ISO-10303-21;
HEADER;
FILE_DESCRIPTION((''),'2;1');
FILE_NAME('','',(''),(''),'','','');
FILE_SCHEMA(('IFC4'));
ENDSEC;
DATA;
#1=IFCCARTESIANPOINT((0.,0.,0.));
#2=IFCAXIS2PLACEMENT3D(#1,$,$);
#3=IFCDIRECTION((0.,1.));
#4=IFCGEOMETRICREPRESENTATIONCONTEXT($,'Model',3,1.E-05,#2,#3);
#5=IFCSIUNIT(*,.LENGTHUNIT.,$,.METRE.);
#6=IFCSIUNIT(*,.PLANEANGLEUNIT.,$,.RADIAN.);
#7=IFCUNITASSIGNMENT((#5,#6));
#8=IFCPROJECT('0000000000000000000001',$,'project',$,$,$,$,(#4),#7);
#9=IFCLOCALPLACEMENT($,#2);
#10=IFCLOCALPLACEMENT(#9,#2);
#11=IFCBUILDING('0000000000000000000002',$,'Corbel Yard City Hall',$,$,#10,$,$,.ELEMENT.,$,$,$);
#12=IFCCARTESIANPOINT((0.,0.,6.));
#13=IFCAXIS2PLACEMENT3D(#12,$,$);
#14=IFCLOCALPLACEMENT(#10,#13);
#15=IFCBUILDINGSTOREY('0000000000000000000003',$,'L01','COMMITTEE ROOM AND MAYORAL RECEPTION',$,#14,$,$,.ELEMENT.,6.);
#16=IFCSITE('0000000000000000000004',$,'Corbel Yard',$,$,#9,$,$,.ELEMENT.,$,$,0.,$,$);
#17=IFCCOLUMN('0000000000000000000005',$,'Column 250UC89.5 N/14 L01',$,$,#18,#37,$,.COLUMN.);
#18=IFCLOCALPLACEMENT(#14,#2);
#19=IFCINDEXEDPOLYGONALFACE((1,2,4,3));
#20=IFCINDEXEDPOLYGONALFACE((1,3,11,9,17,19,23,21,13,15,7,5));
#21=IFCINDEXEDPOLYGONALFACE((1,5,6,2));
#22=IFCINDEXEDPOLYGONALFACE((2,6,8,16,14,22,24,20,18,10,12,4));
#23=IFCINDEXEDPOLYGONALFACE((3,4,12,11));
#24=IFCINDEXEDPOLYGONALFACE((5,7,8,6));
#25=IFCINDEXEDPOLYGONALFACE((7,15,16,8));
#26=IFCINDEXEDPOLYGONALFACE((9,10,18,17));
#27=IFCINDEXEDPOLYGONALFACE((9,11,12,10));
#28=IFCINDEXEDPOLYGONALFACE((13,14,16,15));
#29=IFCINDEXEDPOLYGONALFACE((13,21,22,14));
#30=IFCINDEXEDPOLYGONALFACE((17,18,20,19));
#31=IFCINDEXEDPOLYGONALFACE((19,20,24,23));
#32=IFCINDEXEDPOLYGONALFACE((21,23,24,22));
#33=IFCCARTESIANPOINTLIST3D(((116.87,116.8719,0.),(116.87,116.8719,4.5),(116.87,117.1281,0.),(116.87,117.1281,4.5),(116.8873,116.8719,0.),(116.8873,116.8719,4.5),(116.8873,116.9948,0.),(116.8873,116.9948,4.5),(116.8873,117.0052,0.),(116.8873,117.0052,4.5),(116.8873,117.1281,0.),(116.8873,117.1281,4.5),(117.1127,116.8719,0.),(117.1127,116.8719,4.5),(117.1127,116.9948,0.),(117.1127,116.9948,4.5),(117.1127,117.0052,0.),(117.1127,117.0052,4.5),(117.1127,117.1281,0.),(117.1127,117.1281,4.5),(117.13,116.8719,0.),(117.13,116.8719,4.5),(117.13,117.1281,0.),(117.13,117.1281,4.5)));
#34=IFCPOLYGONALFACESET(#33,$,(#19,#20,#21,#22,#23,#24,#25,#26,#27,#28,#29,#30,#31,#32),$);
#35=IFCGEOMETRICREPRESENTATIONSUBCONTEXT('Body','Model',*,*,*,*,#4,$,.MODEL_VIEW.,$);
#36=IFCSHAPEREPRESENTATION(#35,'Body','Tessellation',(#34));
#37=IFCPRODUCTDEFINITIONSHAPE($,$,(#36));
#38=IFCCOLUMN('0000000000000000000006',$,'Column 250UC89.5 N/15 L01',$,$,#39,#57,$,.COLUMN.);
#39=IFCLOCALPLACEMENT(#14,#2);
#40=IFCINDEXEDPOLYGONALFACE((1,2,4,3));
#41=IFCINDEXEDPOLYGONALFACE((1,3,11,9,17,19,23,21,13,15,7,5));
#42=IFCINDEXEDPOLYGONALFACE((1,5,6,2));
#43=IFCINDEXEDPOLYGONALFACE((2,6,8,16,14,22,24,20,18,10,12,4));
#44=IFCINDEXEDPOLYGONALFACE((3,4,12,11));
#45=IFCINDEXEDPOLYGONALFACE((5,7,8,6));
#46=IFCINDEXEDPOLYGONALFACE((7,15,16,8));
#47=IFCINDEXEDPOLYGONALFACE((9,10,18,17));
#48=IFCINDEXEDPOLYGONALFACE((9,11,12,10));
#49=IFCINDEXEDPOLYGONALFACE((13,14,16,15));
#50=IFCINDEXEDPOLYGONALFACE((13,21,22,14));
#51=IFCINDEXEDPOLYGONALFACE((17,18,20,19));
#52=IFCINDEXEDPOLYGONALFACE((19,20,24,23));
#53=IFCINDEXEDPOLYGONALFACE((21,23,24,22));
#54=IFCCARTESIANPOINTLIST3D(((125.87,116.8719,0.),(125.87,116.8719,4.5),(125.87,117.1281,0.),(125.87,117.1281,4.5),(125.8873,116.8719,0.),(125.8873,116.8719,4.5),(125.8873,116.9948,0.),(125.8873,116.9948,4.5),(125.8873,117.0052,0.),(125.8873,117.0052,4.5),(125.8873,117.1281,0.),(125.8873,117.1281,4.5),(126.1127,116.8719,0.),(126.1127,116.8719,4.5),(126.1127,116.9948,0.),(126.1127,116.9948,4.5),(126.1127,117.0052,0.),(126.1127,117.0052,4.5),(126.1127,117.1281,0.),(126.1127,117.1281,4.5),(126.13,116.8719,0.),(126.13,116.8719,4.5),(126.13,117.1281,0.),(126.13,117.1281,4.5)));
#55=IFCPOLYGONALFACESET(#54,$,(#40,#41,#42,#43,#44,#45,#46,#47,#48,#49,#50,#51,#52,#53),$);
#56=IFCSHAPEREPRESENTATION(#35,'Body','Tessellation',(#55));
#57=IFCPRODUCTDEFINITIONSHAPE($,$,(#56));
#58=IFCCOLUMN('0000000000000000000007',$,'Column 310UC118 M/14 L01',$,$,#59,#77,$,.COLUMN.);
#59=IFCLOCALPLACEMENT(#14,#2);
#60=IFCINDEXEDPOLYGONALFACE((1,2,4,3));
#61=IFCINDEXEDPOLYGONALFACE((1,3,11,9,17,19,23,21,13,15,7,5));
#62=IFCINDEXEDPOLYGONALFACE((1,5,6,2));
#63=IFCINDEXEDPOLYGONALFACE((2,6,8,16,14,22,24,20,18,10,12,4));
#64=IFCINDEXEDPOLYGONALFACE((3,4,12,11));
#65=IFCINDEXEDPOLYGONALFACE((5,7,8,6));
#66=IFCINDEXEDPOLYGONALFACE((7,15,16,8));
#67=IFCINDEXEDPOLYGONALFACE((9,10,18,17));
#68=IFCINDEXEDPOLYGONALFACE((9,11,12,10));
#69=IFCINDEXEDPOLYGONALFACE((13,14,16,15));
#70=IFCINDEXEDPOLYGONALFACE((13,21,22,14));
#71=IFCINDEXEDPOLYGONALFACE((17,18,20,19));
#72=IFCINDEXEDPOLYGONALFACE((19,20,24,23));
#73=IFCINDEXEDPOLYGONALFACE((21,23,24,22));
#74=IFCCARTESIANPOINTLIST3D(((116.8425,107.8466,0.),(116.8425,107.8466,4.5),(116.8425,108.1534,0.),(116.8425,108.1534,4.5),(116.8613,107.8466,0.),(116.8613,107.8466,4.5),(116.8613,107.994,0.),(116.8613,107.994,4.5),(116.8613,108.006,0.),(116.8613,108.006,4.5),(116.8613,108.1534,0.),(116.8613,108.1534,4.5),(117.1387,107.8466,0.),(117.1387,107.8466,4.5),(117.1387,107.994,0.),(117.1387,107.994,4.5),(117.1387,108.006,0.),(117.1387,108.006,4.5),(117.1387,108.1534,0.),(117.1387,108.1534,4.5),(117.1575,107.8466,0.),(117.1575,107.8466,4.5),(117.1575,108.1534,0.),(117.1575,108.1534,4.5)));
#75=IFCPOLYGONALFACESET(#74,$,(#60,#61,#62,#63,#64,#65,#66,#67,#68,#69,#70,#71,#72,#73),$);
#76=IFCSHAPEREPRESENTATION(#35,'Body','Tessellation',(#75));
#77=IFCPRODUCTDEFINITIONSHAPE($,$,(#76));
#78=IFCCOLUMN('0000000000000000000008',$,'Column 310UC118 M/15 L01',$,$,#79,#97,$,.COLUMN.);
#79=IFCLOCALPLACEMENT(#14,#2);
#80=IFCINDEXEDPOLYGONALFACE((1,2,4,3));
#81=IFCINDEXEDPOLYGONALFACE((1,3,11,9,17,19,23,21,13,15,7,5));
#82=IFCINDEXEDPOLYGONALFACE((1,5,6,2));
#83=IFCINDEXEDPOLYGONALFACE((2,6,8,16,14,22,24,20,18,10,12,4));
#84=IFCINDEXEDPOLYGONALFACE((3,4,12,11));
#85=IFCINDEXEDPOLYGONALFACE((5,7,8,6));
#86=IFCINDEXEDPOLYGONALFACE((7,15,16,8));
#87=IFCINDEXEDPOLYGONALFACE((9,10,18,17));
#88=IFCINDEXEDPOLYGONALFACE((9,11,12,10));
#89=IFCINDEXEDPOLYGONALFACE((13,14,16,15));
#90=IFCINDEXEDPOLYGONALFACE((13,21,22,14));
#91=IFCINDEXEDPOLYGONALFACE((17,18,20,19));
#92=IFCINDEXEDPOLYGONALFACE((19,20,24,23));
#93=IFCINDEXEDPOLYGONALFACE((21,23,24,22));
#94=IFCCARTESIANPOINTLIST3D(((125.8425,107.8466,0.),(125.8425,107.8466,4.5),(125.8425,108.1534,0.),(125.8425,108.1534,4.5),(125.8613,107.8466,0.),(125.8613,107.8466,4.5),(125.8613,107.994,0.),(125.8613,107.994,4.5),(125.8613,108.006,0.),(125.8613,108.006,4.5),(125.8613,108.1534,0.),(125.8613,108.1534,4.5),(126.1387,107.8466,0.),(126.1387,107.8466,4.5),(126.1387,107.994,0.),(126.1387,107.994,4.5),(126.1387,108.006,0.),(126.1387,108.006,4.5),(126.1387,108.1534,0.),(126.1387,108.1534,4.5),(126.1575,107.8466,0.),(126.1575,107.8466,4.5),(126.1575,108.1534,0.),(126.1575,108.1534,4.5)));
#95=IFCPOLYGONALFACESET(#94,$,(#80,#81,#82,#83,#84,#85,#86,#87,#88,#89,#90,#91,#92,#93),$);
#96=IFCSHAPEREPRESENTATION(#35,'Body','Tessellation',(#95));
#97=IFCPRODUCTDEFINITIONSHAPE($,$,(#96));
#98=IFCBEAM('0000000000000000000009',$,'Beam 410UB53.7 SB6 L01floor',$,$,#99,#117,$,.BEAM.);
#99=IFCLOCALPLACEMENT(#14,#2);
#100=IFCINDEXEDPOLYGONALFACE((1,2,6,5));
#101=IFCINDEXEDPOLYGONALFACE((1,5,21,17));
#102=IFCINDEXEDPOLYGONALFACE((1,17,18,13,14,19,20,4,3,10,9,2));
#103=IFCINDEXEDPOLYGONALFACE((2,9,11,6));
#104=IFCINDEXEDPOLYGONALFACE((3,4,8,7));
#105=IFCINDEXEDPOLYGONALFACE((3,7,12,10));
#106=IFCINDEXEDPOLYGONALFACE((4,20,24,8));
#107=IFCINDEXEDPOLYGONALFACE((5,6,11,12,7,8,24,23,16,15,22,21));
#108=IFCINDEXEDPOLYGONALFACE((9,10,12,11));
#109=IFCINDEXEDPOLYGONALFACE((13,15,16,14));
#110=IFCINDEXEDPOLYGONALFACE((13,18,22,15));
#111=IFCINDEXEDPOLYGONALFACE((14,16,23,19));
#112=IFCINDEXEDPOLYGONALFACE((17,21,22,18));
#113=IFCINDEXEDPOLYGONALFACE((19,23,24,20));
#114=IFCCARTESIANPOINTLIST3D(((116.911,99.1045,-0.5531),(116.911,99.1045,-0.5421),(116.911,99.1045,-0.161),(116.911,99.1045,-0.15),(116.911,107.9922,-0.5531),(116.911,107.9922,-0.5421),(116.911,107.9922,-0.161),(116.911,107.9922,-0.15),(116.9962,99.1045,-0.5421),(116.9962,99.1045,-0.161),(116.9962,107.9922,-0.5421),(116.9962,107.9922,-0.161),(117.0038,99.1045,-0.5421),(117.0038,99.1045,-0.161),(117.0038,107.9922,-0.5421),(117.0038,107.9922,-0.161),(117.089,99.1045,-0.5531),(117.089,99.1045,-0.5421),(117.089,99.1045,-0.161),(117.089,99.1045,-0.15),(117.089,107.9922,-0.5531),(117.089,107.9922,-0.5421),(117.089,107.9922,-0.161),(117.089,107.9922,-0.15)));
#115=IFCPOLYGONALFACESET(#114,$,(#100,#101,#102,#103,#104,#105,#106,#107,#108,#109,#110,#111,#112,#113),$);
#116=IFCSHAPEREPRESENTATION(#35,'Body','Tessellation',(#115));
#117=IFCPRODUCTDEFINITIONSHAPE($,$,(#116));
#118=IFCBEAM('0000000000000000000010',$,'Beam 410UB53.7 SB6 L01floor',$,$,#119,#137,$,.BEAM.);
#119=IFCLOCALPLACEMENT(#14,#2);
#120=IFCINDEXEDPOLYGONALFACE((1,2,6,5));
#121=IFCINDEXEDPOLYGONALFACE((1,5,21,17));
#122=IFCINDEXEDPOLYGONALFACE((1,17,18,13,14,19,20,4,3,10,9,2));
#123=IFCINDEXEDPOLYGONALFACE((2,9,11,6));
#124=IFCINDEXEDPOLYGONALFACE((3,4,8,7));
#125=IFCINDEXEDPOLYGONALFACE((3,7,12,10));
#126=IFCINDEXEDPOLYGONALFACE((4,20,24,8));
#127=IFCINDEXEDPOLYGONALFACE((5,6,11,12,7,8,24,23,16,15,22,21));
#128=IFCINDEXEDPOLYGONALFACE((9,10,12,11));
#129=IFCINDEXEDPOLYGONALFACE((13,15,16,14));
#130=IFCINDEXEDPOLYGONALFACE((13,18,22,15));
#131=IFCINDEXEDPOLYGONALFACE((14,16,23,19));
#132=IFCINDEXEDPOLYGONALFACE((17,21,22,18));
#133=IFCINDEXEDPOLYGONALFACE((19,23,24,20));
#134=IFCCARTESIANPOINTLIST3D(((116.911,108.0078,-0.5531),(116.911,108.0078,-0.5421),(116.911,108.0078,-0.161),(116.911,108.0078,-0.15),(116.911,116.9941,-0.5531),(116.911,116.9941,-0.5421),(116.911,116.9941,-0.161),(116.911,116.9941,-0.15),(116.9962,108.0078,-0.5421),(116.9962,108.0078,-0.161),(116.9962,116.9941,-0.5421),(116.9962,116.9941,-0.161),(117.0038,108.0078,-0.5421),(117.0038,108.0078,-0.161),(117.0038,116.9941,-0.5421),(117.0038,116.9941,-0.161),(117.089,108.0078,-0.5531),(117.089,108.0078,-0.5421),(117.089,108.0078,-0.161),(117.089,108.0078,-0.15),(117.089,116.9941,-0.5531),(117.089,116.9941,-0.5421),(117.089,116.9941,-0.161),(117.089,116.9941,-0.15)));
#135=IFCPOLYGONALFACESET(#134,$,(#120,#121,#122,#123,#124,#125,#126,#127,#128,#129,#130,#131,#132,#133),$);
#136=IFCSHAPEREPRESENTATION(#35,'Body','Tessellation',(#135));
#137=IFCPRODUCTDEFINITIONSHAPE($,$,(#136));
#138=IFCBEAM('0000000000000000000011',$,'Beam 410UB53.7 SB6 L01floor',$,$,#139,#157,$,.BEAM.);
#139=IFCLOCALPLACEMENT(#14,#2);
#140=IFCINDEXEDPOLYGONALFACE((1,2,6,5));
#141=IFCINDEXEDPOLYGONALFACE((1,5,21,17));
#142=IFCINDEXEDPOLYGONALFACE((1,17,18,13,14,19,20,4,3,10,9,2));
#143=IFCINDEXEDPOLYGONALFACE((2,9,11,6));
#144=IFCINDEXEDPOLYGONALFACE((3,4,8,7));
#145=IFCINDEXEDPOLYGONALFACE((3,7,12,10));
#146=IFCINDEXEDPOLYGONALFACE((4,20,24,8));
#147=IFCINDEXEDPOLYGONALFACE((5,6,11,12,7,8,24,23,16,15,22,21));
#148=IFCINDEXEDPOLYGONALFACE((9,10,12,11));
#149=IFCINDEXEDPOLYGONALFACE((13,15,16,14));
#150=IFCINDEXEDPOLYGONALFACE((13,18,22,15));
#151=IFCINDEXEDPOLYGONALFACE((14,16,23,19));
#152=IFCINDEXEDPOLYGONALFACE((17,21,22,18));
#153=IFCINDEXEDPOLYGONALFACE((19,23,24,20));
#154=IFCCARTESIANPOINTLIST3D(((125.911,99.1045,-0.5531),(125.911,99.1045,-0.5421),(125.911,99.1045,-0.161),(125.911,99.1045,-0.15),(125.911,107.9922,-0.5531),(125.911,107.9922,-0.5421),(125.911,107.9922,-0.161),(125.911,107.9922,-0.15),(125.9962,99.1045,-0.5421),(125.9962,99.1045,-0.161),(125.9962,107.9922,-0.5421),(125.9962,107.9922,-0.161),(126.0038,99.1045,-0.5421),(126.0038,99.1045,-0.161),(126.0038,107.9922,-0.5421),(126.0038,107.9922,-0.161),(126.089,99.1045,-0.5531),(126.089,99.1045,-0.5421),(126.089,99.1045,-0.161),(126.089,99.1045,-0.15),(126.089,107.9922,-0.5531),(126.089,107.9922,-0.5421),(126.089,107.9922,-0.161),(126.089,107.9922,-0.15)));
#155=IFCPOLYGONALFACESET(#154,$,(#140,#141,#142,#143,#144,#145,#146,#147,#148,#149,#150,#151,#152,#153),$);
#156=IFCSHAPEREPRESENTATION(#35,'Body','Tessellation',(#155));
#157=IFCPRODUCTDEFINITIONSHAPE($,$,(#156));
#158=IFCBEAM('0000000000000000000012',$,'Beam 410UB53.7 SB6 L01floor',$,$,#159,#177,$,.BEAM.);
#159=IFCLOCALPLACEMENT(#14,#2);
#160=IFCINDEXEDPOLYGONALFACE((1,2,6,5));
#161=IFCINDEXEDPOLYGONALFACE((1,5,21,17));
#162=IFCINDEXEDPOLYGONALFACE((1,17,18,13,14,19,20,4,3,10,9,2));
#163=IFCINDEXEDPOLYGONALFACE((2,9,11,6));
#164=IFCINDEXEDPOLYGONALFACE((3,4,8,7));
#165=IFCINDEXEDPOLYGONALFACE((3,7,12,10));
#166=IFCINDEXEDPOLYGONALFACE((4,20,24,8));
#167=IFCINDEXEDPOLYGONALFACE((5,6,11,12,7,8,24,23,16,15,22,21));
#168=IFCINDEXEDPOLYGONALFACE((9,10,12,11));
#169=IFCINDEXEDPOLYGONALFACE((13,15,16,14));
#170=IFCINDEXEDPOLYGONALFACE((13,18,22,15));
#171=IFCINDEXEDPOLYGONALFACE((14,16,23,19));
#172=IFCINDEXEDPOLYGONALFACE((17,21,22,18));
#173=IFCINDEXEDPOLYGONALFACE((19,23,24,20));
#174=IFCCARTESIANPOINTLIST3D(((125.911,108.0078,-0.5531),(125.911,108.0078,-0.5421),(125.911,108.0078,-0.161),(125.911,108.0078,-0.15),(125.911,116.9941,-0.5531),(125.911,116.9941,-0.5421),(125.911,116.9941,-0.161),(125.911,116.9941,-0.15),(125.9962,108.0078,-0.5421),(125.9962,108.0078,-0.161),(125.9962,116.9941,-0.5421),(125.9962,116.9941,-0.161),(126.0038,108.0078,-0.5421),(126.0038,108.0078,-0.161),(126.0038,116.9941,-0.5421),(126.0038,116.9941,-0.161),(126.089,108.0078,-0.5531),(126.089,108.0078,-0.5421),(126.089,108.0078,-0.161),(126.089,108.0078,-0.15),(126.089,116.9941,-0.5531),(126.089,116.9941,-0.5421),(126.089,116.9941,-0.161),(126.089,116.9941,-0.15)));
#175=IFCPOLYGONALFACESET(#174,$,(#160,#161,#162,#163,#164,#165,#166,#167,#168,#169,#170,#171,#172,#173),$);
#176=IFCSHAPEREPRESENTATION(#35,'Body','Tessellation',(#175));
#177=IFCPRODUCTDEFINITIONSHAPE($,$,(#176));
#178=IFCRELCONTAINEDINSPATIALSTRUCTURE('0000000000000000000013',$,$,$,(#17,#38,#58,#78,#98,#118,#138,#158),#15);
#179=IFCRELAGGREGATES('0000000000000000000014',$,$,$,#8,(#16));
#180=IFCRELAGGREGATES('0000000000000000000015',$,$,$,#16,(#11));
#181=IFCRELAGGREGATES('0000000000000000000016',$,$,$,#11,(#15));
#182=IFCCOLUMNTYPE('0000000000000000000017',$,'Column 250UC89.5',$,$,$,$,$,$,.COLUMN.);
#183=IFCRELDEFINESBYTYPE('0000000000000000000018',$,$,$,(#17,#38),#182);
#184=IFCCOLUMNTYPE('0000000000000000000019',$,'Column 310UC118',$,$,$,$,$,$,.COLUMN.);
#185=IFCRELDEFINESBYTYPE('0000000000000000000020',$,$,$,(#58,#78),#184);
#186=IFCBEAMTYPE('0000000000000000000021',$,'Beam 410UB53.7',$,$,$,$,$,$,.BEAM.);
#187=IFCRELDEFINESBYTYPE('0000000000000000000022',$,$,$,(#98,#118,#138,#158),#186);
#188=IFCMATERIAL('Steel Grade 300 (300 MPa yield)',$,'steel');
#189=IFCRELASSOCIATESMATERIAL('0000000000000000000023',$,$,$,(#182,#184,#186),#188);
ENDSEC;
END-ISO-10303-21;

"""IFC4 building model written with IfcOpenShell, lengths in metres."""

from ifc_helpers import new_model, si_unit, direction, frame, origin, origin_2d, place, context, subcontext, project, spatial, i_section, extrude, material, material_profile, profile_set, type_object, element, save


model = new_model("IFC4")

# Units and contexts
model_context = context("Model", 3, precision=1e-05, world=origin(), true_north=direction((0.0, 1.0)))
body_context = subcontext(model_context, "Body", "Model", "MODEL_VIEW")
ifc_project = project(units=[si_unit("LENGTHUNIT", "METRE"), si_unit("PLANEANGLEUNIT", "RADIAN")], contexts=[model_context])

# Site, building, storey
site_placement = place(None, origin())
site = spatial("IfcSite", under=ifc_project, at=site_placement, Name="Corbel Yard", CompositionType="ELEMENT", RefElevation=0.0)
building_placement = place(site_placement, origin())
building = spatial("IfcBuilding", under=site, at=building_placement, Name="Corbel Yard City Hall", CompositionType="ELEMENT")
storey_placement = place(building_placement, frame((0.0, 0.0, 6.0)))
storey = spatial("IfcBuildingStorey", under=building, at=storey_placement, Name="L01", Description="COMMITTEE ROOM AND MAYORAL RECEPTION", CompositionType="ELEMENT", Elevation=6.0)

# Columns
ifc_material_1 = material(Name="Steel Grade 300 (300 MPa yield)", Category="steel")
ifc_material_profile_1 = material_profile(ifc_material_1, i_section(OverallWidth=0.2561, OverallDepth=0.26, WebThickness=0.0105, FlangeThickness=0.0173, at=origin_2d()), Name="250UC89.5")
ifc_profile_set_1 = profile_set([ifc_material_profile_1], Name="Steel Grade 300 (300 MPa yield)")
column_type_1 = type_object("IfcColumnType", Name="Column 250UC89.5", PredefinedType="COLUMN", material=ifc_profile_set_1)
for number, where, z_axis, x_axis, name in (
    (1, (117.0, 117.0, 0.0), (0.0, 0.0, 1.0), (0.0, 1.0, 0.0), "Column 250UC89.5 N/14 L01"),
    (2, (126.0, 117.0, 0.0), (0.0, 0.0, 1.0), (0.0, 1.0, 0.0), "Column 250UC89.5 N/15 L01"),
):
    element("IfcColumn", number, at=place(storey_placement, frame(where, z_axis=z_axis, x_axis=x_axis)), inside=storey, type_object=column_type_1, Name=name, PredefinedType="COLUMN", context=body_context, shape_type="SweptSolid", body=[
        extrude(i_section(OverallWidth=0.2561, OverallDepth=0.26, WebThickness=0.0105, FlangeThickness=0.0173, at=origin_2d()), origin(), (0.0, 0.0, 1.0), 4.5),
    ])
ifc_material_profile_2 = material_profile(ifc_material_1, i_section(OverallWidth=0.3069, OverallDepth=0.3149, WebThickness=0.012, FlangeThickness=0.0188, at=origin_2d()), Name="310UC118")
ifc_profile_set_2 = profile_set([ifc_material_profile_2], Name="Steel Grade 300 (300 MPa yield)")
column_type_2 = type_object("IfcColumnType", Name="Column 310UC118", PredefinedType="COLUMN", material=ifc_profile_set_2)
for number, where, z_axis, x_axis, name in (
    (3, (117.0, 108.0, 0.0), (0.0, 0.0, 1.0), (0.0, 1.0, 0.0), "Column 310UC118 M/14 L01"),
    (4, (126.0, 108.0, 0.0), (0.0, 0.0, 1.0), (0.0, 1.0, 0.0), "Column 310UC118 M/15 L01"),
):
    element("IfcColumn", number, at=place(storey_placement, frame(where, z_axis=z_axis, x_axis=x_axis)), inside=storey, type_object=column_type_2, Name=name, PredefinedType="COLUMN", context=body_context, shape_type="SweptSolid", body=[
        extrude(i_section(OverallWidth=0.3069, OverallDepth=0.3149, WebThickness=0.012, FlangeThickness=0.0188, at=origin_2d()), origin(), (0.0, 0.0, 1.0), 4.5),
    ])

# Beams
ifc_material_profile_3 = material_profile(ifc_material_1, i_section(OverallWidth=0.178, OverallDepth=0.4031, WebThickness=0.0076, FlangeThickness=0.011, at=origin_2d()), Name="410UB53.7")
ifc_profile_set_3 = profile_set([ifc_material_profile_3], Name="Steel Grade 300 (300 MPa yield)")
beam_type_1 = type_object("IfcBeamType", Name="Beam 410UB53.7", PredefinedType="BEAM", material=ifc_profile_set_3)
beam_1_placement = place(storey_placement, frame((117.0, 99.1045, -0.3516), z_axis=(0.0, 1.0, 0.0), x_axis=(-1.0, 0.0, 0.0)))
element("IfcBeam", 5, at=beam_1_placement, inside=storey, type_object=beam_type_1, Name="Beam 410UB53.7 SB6 L01floor", PredefinedType="BEAM", context=body_context, shape_type="SweptSolid", body=[
    extrude(i_section(OverallWidth=0.178, OverallDepth=0.4031, WebThickness=0.0076, FlangeThickness=0.011, at=origin_2d()), origin(), (0.0, 0.0, 1.0), 8.8877),
])
beam_2_placement = place(storey_placement, frame((117.0, 108.0078, -0.3516), z_axis=(0.0, 1.0, 0.0), x_axis=(-1.0, 0.0, 0.0)))
element("IfcBeam", 6, at=beam_2_placement, inside=storey, type_object=beam_type_1, Name="Beam 410UB53.7 SB6 L01floor", PredefinedType="BEAM", context=body_context, shape_type="SweptSolid", body=[
    extrude(i_section(OverallWidth=0.178, OverallDepth=0.4031, WebThickness=0.0076, FlangeThickness=0.011, at=origin_2d()), origin(), (0.0, 0.0, 1.0), 8.9863),
])
beam_3_placement = place(storey_placement, frame((126.0, 99.1045, -0.3516), z_axis=(0.0, 1.0, 0.0), x_axis=(-1.0, 0.0, 0.0)))
element("IfcBeam", 7, at=beam_3_placement, inside=storey, type_object=beam_type_1, Name="Beam 410UB53.7 SB6 L01floor", PredefinedType="BEAM", context=body_context, shape_type="SweptSolid", body=[
    extrude(i_section(OverallWidth=0.178, OverallDepth=0.4031, WebThickness=0.0076, FlangeThickness=0.011, at=origin_2d()), origin(), (0.0, 0.0, 1.0), 8.8877),
])
beam_4_placement = place(storey_placement, frame((126.0, 108.0078, -0.3516), z_axis=(0.0, 1.0, 0.0), x_axis=(-1.0, 0.0, 0.0)))
element("IfcBeam", 8, at=beam_4_placement, inside=storey, type_object=beam_type_1, Name="Beam 410UB53.7 SB6 L01floor", PredefinedType="BEAM", context=body_context, shape_type="SweptSolid", body=[
    extrude(i_section(OverallWidth=0.178, OverallDepth=0.4031, WebThickness=0.0076, FlangeThickness=0.011, at=origin_2d()), origin(), (0.0, 0.0, 1.0), 8.9863),
])

save(model, "model.ifc")
